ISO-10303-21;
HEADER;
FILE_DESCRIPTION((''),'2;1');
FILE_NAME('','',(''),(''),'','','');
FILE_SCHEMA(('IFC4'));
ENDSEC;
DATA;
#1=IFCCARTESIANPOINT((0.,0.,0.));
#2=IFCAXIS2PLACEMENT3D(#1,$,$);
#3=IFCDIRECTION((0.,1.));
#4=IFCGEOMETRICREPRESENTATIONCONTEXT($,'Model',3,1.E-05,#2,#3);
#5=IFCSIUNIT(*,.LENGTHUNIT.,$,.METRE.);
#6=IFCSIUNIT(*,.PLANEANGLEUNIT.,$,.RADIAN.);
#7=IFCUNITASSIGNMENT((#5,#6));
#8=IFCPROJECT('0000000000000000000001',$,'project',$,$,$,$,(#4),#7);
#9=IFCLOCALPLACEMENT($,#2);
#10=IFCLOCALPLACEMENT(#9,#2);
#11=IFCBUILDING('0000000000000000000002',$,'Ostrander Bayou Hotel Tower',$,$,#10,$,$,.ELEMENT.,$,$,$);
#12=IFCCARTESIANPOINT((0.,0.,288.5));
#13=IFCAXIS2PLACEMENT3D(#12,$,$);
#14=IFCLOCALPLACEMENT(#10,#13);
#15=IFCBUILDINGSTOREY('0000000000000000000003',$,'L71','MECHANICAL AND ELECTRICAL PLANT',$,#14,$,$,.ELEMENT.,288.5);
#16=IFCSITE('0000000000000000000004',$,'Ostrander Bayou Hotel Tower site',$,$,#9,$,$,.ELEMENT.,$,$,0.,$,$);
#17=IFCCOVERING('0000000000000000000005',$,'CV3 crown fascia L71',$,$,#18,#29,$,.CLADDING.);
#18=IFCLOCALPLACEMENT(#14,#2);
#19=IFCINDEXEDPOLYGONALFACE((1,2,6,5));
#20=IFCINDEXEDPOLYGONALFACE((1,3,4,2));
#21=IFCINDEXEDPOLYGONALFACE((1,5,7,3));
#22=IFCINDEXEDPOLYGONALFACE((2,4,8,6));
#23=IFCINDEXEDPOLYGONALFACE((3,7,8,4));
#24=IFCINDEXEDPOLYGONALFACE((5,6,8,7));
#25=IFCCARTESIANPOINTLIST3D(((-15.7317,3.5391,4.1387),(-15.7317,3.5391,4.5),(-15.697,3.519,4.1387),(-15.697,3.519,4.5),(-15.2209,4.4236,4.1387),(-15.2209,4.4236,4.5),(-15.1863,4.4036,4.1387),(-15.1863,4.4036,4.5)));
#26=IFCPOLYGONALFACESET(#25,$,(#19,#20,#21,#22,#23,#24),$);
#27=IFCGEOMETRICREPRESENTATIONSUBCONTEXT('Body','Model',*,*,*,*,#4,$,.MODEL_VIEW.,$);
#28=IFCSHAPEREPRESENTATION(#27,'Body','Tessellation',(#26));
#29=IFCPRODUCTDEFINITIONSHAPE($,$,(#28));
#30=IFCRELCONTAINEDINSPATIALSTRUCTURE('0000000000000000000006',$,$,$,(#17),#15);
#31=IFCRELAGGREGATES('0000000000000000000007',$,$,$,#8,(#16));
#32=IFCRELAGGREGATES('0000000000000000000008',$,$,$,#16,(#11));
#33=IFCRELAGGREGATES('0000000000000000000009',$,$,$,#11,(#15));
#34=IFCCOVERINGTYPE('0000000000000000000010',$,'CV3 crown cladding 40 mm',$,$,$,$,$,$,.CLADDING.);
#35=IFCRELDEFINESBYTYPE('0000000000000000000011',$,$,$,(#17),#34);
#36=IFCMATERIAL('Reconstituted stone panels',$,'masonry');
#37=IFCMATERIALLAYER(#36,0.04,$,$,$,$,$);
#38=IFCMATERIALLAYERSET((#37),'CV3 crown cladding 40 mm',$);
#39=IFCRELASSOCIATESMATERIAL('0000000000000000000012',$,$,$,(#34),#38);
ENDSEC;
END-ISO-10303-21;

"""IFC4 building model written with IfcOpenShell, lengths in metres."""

from ifc_helpers import new_model, si_unit, direction, frame, origin, place, context, subcontext, project, spatial, polyline, outline, extrude, material, layer, layer_set, type_object, element, save


model = new_model("IFC4")

# Units and contexts
model_context = context("Model", 3, precision=1e-05, world=origin(), true_north=direction((0.0, 1.0)))
body_context = subcontext(model_context, "Body", "Model", "MODEL_VIEW")
ifc_project = project(units=[si_unit("LENGTHUNIT", "METRE"), si_unit("PLANEANGLEUNIT", "RADIAN")], contexts=[model_context])

# Site, building, storey
site_placement = place(None, origin())
site = spatial("IfcSite", under=ifc_project, at=site_placement, Name="Ostrander Bayou Hotel Tower site", CompositionType="ELEMENT", RefElevation=0.0)
building_placement = place(site_placement, origin())
building = spatial("IfcBuilding", under=site, at=building_placement, Name="Ostrander Bayou Hotel Tower", CompositionType="ELEMENT")
storey_placement = place(building_placement, frame((0.0, 0.0, 288.5)))
storey = spatial("IfcBuildingStorey", under=building, at=storey_placement, Name="L71", Description="MECHANICAL AND ELECTRICAL PLANT", CompositionType="ELEMENT", Elevation=288.5)

# Covering
ifc_material_1 = material(Name="Reconstituted stone panels", Category="masonry")
ifc_layer_1 = layer(ifc_material_1, 0.04)
ifc_layer_set_1 = layer_set([ifc_layer_1], Name="CV3 crown cladding 40 mm")
covering_type = type_object("IfcCoveringType", Name="CV3 crown cladding 40 mm", PredefinedType="CLADDING", material=ifc_layer_set_1)
covering_1_placement = place(storey_placement, frame((-15.2209, 4.4236, 4.1387), z_axis=(-0.865998, 0.500047, 0.0), x_axis=(-0.500047, -0.865998, 0.0)))
element("IfcCovering", 1, at=covering_1_placement, inside=storey, type_object=covering_type, Name="CV3 crown fascia L71", PredefinedType="CLADDING", context=body_context, shape_type="SweptSolid", body=[
    extrude(outline(polyline([(0.0, 0.0), (1.0214, 0.0), (1.0214, 0.3613), (0.0, 0.3613), (0.0, 0.0)])), origin(), (0.0, 0.0, -1.0), 0.04),
])

save(model, "model.ifc")
